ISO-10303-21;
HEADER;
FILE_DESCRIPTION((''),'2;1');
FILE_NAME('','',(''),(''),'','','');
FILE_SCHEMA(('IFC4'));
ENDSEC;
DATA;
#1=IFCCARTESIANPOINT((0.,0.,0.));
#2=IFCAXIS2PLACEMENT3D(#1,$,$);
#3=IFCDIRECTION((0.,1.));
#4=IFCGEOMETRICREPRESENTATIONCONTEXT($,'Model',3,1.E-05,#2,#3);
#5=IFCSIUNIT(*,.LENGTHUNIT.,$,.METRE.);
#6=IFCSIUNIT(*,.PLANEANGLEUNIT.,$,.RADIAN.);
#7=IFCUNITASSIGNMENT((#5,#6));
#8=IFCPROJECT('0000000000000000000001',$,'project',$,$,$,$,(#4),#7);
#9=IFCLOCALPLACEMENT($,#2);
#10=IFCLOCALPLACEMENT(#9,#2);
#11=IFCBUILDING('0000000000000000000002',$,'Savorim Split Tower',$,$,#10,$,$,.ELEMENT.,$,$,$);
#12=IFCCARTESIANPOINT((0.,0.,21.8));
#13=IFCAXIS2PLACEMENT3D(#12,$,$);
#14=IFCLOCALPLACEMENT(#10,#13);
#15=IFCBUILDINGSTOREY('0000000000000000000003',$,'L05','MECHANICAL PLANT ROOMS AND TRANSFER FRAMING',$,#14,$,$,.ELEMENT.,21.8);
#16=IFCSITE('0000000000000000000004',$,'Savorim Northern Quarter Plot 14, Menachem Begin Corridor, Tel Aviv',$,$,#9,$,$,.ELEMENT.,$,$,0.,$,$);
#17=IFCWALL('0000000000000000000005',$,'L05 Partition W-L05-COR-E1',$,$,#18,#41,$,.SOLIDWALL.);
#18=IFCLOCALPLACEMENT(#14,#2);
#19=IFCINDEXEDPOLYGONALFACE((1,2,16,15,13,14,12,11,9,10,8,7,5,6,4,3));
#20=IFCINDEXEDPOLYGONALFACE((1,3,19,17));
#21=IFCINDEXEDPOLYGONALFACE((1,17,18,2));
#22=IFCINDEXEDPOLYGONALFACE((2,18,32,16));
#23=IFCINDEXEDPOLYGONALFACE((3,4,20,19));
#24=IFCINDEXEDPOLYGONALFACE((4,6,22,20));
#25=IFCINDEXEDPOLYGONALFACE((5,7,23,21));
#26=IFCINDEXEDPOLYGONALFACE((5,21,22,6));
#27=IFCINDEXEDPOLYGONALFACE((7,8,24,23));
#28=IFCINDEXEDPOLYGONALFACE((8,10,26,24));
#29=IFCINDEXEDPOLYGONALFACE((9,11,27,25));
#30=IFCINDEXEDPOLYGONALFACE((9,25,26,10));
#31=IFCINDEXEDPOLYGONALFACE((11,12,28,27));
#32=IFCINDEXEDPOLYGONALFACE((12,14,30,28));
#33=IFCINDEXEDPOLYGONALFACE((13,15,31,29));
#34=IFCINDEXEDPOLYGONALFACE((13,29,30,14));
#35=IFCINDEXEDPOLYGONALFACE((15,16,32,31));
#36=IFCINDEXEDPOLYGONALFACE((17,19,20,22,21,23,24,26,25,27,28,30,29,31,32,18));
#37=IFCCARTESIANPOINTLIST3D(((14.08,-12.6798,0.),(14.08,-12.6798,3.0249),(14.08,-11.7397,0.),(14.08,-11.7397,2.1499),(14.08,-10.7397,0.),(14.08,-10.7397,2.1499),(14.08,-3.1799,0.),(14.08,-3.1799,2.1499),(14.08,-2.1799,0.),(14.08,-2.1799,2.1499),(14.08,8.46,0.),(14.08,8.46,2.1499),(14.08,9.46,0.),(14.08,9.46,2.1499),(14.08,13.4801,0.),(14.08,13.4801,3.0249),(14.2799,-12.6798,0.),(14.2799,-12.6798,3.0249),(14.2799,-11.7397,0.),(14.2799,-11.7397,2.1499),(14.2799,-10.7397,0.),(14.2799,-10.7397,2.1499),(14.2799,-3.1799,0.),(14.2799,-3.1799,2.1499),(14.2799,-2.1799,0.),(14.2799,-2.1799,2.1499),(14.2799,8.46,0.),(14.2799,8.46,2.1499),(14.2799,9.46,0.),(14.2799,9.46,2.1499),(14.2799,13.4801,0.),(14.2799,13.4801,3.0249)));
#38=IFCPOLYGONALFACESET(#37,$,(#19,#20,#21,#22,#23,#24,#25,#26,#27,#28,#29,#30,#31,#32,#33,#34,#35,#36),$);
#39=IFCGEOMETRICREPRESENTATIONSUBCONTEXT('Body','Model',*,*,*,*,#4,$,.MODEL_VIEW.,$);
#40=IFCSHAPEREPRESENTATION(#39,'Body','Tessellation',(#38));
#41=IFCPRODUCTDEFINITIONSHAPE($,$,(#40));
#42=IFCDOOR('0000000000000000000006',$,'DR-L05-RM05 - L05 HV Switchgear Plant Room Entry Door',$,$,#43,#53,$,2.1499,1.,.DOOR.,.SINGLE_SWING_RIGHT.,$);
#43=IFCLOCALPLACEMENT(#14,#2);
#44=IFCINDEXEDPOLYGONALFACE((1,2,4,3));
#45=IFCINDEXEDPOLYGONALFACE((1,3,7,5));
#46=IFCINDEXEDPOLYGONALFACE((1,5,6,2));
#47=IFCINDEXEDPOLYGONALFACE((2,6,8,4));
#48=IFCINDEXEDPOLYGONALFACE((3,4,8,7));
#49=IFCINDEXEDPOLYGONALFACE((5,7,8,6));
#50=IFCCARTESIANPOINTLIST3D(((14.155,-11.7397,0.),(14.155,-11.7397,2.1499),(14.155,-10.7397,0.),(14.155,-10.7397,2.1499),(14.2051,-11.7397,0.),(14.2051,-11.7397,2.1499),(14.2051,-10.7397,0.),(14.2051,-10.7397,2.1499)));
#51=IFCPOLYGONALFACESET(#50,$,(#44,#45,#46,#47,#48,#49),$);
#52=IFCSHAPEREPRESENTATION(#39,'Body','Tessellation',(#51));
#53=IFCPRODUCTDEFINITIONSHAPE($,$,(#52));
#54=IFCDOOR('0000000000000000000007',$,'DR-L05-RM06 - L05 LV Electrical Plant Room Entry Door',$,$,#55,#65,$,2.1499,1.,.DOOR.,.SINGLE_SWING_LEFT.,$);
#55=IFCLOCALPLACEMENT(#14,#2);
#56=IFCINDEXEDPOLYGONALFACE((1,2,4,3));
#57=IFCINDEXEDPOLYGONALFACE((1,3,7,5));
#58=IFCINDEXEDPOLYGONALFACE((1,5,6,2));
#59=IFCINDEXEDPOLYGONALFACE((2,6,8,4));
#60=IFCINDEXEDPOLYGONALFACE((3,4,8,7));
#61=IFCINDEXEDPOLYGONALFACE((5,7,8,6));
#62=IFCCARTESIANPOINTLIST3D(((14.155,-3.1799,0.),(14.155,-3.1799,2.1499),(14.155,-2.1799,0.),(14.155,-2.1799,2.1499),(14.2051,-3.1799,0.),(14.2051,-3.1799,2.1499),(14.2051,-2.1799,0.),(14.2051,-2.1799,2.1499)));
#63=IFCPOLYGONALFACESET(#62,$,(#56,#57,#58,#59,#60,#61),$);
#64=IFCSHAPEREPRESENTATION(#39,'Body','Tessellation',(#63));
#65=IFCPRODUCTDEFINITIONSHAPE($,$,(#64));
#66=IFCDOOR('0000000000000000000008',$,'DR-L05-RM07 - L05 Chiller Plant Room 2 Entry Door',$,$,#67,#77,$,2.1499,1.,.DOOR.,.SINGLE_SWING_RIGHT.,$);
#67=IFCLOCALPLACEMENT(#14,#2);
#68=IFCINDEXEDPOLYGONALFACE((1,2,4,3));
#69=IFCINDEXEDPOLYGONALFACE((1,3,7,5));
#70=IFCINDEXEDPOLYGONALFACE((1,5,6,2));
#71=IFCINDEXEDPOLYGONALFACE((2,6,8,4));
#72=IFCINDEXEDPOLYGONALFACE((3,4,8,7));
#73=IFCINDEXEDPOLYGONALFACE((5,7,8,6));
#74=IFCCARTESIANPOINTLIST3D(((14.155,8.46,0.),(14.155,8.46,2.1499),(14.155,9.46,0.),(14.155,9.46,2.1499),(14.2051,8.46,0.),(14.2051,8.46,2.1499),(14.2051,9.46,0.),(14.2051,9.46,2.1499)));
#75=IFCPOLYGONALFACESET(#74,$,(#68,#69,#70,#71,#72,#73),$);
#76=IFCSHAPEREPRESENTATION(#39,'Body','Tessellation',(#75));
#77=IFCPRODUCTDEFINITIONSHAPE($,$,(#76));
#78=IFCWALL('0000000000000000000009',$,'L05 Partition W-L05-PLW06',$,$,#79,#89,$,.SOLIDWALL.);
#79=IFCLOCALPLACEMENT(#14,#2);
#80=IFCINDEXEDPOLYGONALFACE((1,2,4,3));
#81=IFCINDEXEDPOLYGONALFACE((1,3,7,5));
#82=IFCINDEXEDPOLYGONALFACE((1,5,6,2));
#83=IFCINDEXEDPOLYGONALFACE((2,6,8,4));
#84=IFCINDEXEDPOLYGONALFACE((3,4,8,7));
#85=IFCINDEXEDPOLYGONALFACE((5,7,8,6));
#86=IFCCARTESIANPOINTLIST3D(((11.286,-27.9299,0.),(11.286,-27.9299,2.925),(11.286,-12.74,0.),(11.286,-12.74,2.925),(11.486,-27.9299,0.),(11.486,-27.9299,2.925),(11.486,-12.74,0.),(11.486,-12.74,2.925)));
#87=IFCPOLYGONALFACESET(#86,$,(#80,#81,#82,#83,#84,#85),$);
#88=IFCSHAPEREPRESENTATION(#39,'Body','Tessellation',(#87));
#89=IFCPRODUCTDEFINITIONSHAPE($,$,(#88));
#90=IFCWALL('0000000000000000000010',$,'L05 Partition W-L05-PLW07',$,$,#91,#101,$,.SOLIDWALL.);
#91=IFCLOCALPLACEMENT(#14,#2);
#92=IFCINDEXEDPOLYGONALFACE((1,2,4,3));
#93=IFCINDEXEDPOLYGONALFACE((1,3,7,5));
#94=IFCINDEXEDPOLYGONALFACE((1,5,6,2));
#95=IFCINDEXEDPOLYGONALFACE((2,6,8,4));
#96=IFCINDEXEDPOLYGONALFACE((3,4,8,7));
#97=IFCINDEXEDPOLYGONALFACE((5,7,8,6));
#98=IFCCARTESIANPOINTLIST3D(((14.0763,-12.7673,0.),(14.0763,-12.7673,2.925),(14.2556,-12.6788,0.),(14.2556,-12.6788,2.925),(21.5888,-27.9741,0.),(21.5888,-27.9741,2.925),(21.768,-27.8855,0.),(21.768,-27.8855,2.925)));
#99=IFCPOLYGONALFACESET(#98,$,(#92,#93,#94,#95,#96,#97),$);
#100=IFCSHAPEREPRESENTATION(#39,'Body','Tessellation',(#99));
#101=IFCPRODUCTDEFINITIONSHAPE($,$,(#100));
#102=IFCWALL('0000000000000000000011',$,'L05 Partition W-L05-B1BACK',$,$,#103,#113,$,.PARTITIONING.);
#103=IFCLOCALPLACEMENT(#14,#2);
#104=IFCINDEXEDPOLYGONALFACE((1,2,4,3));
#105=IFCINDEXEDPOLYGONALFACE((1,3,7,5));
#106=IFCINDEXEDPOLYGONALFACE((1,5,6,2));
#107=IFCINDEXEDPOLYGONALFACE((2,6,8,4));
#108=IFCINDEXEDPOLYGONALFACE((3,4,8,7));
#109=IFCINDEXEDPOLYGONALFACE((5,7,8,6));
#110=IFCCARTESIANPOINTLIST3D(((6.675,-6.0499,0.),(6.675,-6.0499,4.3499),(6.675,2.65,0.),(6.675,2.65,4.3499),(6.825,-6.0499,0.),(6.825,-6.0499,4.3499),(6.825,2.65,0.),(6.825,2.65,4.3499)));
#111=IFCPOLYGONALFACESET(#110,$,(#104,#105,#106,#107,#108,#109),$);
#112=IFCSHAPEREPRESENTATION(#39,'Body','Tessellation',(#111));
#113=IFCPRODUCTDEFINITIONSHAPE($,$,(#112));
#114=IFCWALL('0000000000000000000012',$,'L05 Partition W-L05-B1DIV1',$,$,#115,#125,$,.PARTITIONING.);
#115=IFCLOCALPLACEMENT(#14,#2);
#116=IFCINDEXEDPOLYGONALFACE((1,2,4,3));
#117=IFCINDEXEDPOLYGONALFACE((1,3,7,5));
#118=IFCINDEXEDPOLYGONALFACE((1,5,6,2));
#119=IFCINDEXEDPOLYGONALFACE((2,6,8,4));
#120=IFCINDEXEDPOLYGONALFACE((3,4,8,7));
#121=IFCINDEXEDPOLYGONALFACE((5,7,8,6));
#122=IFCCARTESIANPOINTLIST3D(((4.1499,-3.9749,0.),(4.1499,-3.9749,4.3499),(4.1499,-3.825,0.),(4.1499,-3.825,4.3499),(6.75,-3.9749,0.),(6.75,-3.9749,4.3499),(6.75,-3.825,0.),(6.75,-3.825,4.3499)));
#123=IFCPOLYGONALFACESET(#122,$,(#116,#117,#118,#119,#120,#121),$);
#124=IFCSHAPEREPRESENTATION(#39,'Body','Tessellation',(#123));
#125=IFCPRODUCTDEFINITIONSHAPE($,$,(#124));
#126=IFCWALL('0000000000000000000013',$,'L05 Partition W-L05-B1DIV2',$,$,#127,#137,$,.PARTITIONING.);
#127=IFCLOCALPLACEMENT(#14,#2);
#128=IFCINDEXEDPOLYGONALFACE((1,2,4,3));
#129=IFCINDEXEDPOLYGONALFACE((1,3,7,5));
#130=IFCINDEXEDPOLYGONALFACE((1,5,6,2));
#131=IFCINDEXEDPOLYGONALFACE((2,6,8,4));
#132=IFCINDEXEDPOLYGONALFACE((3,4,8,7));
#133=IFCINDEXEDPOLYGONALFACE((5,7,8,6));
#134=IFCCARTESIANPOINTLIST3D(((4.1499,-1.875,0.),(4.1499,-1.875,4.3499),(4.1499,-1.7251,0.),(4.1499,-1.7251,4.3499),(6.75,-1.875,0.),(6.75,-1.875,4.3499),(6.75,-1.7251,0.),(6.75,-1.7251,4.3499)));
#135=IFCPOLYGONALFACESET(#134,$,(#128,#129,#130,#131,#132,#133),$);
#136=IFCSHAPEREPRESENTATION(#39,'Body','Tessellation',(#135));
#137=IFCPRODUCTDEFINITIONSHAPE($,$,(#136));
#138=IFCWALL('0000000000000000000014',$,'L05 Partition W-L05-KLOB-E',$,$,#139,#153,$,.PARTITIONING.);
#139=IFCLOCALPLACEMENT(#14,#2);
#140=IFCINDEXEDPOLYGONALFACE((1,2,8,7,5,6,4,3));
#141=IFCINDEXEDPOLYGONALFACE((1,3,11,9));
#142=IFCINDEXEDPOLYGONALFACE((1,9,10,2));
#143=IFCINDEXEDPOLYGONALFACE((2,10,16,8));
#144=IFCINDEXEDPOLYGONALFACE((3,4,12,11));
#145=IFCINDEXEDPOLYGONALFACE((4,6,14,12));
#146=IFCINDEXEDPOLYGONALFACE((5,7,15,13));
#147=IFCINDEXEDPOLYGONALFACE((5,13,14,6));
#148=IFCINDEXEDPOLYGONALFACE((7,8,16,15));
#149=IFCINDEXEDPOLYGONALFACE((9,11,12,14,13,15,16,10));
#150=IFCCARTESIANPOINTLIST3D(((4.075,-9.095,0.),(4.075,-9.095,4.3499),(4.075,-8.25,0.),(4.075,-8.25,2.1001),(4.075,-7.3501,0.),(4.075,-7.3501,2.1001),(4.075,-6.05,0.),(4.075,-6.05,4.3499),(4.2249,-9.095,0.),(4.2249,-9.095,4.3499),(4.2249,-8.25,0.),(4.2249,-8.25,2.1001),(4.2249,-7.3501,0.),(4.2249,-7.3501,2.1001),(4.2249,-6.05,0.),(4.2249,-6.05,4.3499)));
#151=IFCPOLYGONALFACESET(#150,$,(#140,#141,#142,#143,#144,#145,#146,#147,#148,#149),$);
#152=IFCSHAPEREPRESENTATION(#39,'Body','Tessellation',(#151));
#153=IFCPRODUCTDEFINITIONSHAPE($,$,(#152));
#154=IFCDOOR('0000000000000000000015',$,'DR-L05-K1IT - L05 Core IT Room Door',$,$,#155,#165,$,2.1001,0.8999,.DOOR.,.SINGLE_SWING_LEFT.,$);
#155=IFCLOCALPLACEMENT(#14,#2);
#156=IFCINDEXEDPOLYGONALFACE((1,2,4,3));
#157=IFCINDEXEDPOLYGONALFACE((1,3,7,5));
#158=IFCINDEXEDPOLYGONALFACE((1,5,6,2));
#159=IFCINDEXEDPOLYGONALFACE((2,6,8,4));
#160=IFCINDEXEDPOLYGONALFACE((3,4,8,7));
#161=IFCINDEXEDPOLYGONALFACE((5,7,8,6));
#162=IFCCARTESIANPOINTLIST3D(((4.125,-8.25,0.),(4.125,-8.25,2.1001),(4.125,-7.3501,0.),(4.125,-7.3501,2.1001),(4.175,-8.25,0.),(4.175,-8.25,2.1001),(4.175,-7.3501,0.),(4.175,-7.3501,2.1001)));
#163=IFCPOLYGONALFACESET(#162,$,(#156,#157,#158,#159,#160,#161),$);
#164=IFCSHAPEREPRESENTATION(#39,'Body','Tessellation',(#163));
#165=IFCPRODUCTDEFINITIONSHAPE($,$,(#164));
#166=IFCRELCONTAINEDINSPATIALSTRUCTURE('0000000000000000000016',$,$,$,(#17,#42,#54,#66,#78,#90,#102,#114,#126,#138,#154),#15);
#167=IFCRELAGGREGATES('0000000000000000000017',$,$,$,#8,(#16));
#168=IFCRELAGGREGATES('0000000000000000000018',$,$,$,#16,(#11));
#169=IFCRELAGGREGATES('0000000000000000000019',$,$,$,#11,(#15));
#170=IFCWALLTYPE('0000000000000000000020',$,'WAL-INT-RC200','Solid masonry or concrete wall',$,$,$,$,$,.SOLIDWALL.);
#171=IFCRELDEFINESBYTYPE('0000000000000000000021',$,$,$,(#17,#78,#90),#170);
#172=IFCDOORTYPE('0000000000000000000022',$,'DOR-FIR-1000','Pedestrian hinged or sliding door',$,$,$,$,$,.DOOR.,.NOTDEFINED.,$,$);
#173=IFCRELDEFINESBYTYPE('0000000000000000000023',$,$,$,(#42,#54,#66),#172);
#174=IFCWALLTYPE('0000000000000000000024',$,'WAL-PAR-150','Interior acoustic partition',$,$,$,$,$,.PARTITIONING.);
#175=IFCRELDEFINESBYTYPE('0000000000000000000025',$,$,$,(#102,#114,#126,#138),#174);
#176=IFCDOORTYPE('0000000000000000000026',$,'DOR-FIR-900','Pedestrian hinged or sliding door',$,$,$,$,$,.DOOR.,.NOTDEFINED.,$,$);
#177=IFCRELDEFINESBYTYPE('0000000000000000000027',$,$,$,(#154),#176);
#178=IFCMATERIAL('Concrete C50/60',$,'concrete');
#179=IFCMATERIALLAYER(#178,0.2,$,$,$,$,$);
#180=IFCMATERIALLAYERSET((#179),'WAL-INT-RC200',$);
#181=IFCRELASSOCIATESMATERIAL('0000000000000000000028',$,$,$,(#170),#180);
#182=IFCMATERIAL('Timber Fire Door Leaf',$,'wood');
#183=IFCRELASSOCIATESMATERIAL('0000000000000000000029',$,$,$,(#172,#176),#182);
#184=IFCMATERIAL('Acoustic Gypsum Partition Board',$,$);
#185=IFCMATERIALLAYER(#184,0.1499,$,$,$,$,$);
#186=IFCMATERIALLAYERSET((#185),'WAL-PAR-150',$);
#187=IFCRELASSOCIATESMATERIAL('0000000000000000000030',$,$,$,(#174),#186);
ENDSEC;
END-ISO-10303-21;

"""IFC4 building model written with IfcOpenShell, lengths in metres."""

from ifc_helpers import new_model, si_unit, direction, frame, frame_2d, origin, place, context, subcontext, project, spatial, rectangle, extrude, material, layer, layer_set, type_object, element, fill, save


model = new_model("IFC4")

# Units and contexts
model_context = context("Model", 3, precision=1e-05, world=origin(), true_north=direction((0.0, 1.0)))
body_context = subcontext(model_context, "Body", "Model", "MODEL_VIEW")
ifc_project = project(units=[si_unit("LENGTHUNIT", "METRE"), si_unit("PLANEANGLEUNIT", "RADIAN")], contexts=[model_context])

# Site, building, storey
site_placement = place(None, origin())
site = spatial("IfcSite", under=ifc_project, at=site_placement, Name="Savorim Northern Quarter Plot 14, Menachem Begin Corridor, Tel Aviv", CompositionType="ELEMENT", RefElevation=0.0)
building_placement = place(site_placement, origin())
building = spatial("IfcBuilding", under=site, at=building_placement, Name="Savorim Split Tower", CompositionType="ELEMENT")
storey_placement = place(building_placement, frame((0.0, 0.0, 21.8)))
storey = spatial("IfcBuildingStorey", under=building, at=storey_placement, Name="L05", Description="MECHANICAL PLANT ROOMS AND TRANSFER FRAMING", CompositionType="ELEMENT", Elevation=21.8)

# Shared definitions
ifc_material_1 = material(Name="Concrete C50/60", Category="concrete")
ifc_layer_1 = layer(ifc_material_1, 0.2)
ifc_layer_set_1 = layer_set([ifc_layer_1], Name="WAL-INT-RC200")
wall_type_1 = type_object("IfcWallType", Name="WAL-INT-RC200", Description="Solid masonry or concrete wall", PredefinedType="SOLIDWALL", material=ifc_layer_set_1)

# Wall, openings, doors
wall_1_placement = place(storey_placement, frame((14.1799, -12.6799, 0.0), z_axis=(0.0, 0.0, 1.0), x_axis=(0.0, 1.0, 0.0)))
wall_1 = element("IfcWall", 1, at=wall_1_placement, inside=storey, type_object=wall_type_1, Name="L05 Partition W-L05-COR-E1", PredefinedType="SOLIDWALL", context=body_context, shape_type="SweptSolid", body=[
    extrude(rectangle(XDim=26.1599, YDim=0.2, at=frame_2d((13.0801, 0.0))), origin(), (0.0, 0.0, 1.0), 3.0249),
])
opening_1_placement = place(wall_1_placement, frame((0.9402, 0.0, 0.0)))
opening_1 = element("IfcOpeningElement", 2, at=opening_1_placement, cuts=wall_1, PredefinedType="OPENING", context=body_context, shape_type="SweptSolid", body=[
    extrude(rectangle(XDim=1.0, YDim=2.1499, at=frame_2d((0.5, 1.075))), frame((0.0, 0.1099, 0.0), z_axis=(0.0, -1.0, 0.0), x_axis=(1.0, 0.0, 0.0)), (0.0, 0.0, 1.0), 0.22),
])
opening_2_placement = place(wall_1_placement, frame((9.5, 0.0, 0.0)))
opening_2 = element("IfcOpeningElement", 3, at=opening_2_placement, cuts=wall_1, PredefinedType="OPENING", context=body_context, shape_type="SweptSolid", body=[
    extrude(rectangle(XDim=1.0, YDim=2.1499, at=frame_2d((0.5, 1.075))), frame((0.0, 0.1099, 0.0), z_axis=(0.0, -1.0, 0.0), x_axis=(1.0, 0.0, 0.0)), (0.0, 0.0, 1.0), 0.22),
])
opening_3_placement = place(wall_1_placement, frame((21.1399, 0.0, 0.0)))
opening_3 = element("IfcOpeningElement", 4, at=opening_3_placement, cuts=wall_1, PredefinedType="OPENING", context=body_context, shape_type="SweptSolid", body=[
    extrude(rectangle(XDim=1.0, YDim=2.1499, at=frame_2d((0.5, 1.075))), frame((0.0, 0.1099, 0.0), z_axis=(0.0, -1.0, 0.0), x_axis=(1.0, 0.0, 0.0)), (0.0, 0.0, 1.0), 0.22),
])
ifc_material_2 = material(Name="Timber Fire Door Leaf", Category="wood")
door_type_1 = type_object("IfcDoorType", Name="DOR-FIR-1000", Description="Pedestrian hinged or sliding door", OperationType="NOTDEFINED", PredefinedType="DOOR", material=ifc_material_2)
door_1_placement = place(opening_1_placement, origin())
door_1 = element("IfcDoor", 5, at=door_1_placement, inside=storey, type_object=door_type_1, Name="DR-L05-RM05 - L05 HV Switchgear Plant Room Entry Door", OperationType="SINGLE_SWING_RIGHT", OverallHeight=2.1499, OverallWidth=1.0, PredefinedType="DOOR", context=body_context, shape_type="SweptSolid", body=[
    extrude(rectangle(XDim=1.0, YDim=2.1499, at=frame_2d((0.5, 1.075))), frame((0.0, 0.0249, 0.0), z_axis=(0.0, -1.0, 0.0), x_axis=(1.0, 0.0, 0.0)), (0.0, 0.0, 1.0), 0.05),
])
fill(opening_1, door_1)
door_2_placement = place(opening_2_placement, origin())
door_2 = element("IfcDoor", 6, at=door_2_placement, inside=storey, type_object=door_type_1, Name="DR-L05-RM06 - L05 LV Electrical Plant Room Entry Door", OperationType="SINGLE_SWING_LEFT", OverallHeight=2.1499, OverallWidth=1.0, PredefinedType="DOOR", context=body_context, shape_type="SweptSolid", body=[
    extrude(rectangle(XDim=1.0, YDim=2.1499, at=frame_2d((0.5, 1.075))), frame((0.0, 0.0249, 0.0), z_axis=(0.0, -1.0, 0.0), x_axis=(1.0, 0.0, 0.0)), (0.0, 0.0, 1.0), 0.05),
])
fill(opening_2, door_2)
door_3_placement = place(opening_3_placement, origin())
door_3 = element("IfcDoor", 7, at=door_3_placement, inside=storey, type_object=door_type_1, Name="DR-L05-RM07 - L05 Chiller Plant Room 2 Entry Door", OperationType="SINGLE_SWING_RIGHT", OverallHeight=2.1499, OverallWidth=1.0, PredefinedType="DOOR", context=body_context, shape_type="SweptSolid", body=[
    extrude(rectangle(XDim=1.0, YDim=2.1499, at=frame_2d((0.5, 1.075))), frame((0.0, 0.0249, 0.0), z_axis=(0.0, -1.0, 0.0), x_axis=(1.0, 0.0, 0.0)), (0.0, 0.0, 1.0), 0.05),
])
fill(opening_3, door_3)

# Walls
wall_2_placement = place(storey_placement, frame((11.386, -12.74, 0.0), z_axis=(0.0, 0.0, 1.0), x_axis=(0.0, -1.0, 0.0)))
element("IfcWall", 8, at=wall_2_placement, inside=storey, type_object=wall_type_1, Name="L05 Partition W-L05-PLW06", PredefinedType="SOLIDWALL", context=body_context, shape_type="SweptSolid", body=[
    extrude(rectangle(XDim=15.1899, YDim=0.2, at=frame_2d((7.595, 0.0))), origin(), (0.0, 0.0, 1.0), 2.925),
])
wall_3_placement = place(storey_placement, frame((14.166, -12.7231, 0.0), z_axis=(0.0, 0.0, 1.0), x_axis=(0.442919, -0.896562, 0.0)))
element("IfcWall", 9, at=wall_3_placement, inside=storey, type_object=wall_type_1, Name="L05 Partition W-L05-PLW07", PredefinedType="SOLIDWALL", context=body_context, shape_type="SweptSolid", body=[
    extrude(rectangle(XDim=16.9612, YDim=0.2, at=frame_2d((8.4805, 0.0))), origin(), (0.0, 0.0, 1.0), 2.925),
])
ifc_material_3 = material(Name="Acoustic Gypsum Partition Board")
ifc_layer_2 = layer(ifc_material_3, 0.1499)
ifc_layer_set_2 = layer_set([ifc_layer_2], Name="WAL-PAR-150")
wall_type_2 = type_object("IfcWallType", Name="WAL-PAR-150", Description="Interior acoustic partition", PredefinedType="PARTITIONING", material=ifc_layer_set_2)
wall_4_placement = place(storey_placement, frame((6.75, -6.05, 0.0), z_axis=(0.0, 0.0, 1.0), x_axis=(0.0, 1.0, 0.0)))
element("IfcWall", 10, at=wall_4_placement, inside=storey, type_object=wall_type_2, Name="L05 Partition W-L05-B1BACK", PredefinedType="PARTITIONING", context=body_context, shape_type="SweptSolid", body=[
    extrude(rectangle(XDim=8.7, YDim=0.1499, at=frame_2d((4.3501, 0.0))), origin(), (0.0, 0.0, 1.0), 4.3499),
])
for number, where, z_axis, x_axis, name in (
    (11, (4.1499, -3.8999, 0.0), (0.0, 0.0, 1.0), (1.0, 0.0, 0.0), "L05 Partition W-L05-B1DIV1"),
    (12, (4.1499, -1.8, 0.0), (0.0, 0.0, 1.0), (1.0, 0.0, 0.0), "L05 Partition W-L05-B1DIV2"),
):
    element("IfcWall", number, at=place(storey_placement, frame(where, z_axis=z_axis, x_axis=x_axis)), inside=storey, type_object=wall_type_2, Name=name, PredefinedType="PARTITIONING", context=body_context, shape_type="SweptSolid", body=[
        extrude(rectangle(XDim=2.6001, YDim=0.1499, at=frame_2d((1.3, 0.0))), origin(), (0.0, 0.0, 1.0), 4.3499),
    ])

# Wall, opening, door
wall_5_placement = place(storey_placement, frame((4.1499, -9.095, 0.0), z_axis=(0.0, 0.0, 1.0), x_axis=(0.0, 1.0, 0.0)))
wall_5 = element("IfcWall", 13, at=wall_5_placement, inside=storey, type_object=wall_type_2, Name="L05 Partition W-L05-KLOB-E", PredefinedType="PARTITIONING", context=body_context, shape_type="SweptSolid", body=[
    extrude(rectangle(XDim=3.0449, YDim=0.1499, at=frame_2d((1.5225, 0.0))), origin(), (0.0, 0.0, 1.0), 4.3499),
])
opening_4_placement = place(wall_5_placement, frame((0.845, 0.0, 0.0)))
opening_4 = element("IfcOpeningElement", 14, at=opening_4_placement, cuts=wall_5, PredefinedType="OPENING", context=body_context, shape_type="SweptSolid", body=[
    extrude(rectangle(XDim=0.8999, YDim=2.1001, at=frame_2d((0.45, 1.05))), frame((0.0, 0.085, 0.0), z_axis=(0.0, -1.0, 0.0), x_axis=(1.0, 0.0, 0.0)), (0.0, 0.0, 1.0), 0.1699),
])
door_type_2 = type_object("IfcDoorType", Name="DOR-FIR-900", Description="Pedestrian hinged or sliding door", OperationType="NOTDEFINED", PredefinedType="DOOR", material=ifc_material_2)
door_4_placement = place(opening_4_placement, origin())
door_4 = element("IfcDoor", 15, at=door_4_placement, inside=storey, type_object=door_type_2, Name="DR-L05-K1IT - L05 Core IT Room Door", OperationType="SINGLE_SWING_LEFT", OverallHeight=2.1001, OverallWidth=0.8999, PredefinedType="DOOR", context=body_context, shape_type="SweptSolid", body=[
    extrude(rectangle(XDim=0.8999, YDim=2.1001, at=frame_2d((0.45, 1.05))), frame((0.0, 0.0249, 0.0), z_axis=(0.0, -1.0, 0.0), x_axis=(1.0, 0.0, 0.0)), (0.0, 0.0, 1.0), 0.05),
])
fill(opening_4, door_4)

save(model, "model.ifc")
